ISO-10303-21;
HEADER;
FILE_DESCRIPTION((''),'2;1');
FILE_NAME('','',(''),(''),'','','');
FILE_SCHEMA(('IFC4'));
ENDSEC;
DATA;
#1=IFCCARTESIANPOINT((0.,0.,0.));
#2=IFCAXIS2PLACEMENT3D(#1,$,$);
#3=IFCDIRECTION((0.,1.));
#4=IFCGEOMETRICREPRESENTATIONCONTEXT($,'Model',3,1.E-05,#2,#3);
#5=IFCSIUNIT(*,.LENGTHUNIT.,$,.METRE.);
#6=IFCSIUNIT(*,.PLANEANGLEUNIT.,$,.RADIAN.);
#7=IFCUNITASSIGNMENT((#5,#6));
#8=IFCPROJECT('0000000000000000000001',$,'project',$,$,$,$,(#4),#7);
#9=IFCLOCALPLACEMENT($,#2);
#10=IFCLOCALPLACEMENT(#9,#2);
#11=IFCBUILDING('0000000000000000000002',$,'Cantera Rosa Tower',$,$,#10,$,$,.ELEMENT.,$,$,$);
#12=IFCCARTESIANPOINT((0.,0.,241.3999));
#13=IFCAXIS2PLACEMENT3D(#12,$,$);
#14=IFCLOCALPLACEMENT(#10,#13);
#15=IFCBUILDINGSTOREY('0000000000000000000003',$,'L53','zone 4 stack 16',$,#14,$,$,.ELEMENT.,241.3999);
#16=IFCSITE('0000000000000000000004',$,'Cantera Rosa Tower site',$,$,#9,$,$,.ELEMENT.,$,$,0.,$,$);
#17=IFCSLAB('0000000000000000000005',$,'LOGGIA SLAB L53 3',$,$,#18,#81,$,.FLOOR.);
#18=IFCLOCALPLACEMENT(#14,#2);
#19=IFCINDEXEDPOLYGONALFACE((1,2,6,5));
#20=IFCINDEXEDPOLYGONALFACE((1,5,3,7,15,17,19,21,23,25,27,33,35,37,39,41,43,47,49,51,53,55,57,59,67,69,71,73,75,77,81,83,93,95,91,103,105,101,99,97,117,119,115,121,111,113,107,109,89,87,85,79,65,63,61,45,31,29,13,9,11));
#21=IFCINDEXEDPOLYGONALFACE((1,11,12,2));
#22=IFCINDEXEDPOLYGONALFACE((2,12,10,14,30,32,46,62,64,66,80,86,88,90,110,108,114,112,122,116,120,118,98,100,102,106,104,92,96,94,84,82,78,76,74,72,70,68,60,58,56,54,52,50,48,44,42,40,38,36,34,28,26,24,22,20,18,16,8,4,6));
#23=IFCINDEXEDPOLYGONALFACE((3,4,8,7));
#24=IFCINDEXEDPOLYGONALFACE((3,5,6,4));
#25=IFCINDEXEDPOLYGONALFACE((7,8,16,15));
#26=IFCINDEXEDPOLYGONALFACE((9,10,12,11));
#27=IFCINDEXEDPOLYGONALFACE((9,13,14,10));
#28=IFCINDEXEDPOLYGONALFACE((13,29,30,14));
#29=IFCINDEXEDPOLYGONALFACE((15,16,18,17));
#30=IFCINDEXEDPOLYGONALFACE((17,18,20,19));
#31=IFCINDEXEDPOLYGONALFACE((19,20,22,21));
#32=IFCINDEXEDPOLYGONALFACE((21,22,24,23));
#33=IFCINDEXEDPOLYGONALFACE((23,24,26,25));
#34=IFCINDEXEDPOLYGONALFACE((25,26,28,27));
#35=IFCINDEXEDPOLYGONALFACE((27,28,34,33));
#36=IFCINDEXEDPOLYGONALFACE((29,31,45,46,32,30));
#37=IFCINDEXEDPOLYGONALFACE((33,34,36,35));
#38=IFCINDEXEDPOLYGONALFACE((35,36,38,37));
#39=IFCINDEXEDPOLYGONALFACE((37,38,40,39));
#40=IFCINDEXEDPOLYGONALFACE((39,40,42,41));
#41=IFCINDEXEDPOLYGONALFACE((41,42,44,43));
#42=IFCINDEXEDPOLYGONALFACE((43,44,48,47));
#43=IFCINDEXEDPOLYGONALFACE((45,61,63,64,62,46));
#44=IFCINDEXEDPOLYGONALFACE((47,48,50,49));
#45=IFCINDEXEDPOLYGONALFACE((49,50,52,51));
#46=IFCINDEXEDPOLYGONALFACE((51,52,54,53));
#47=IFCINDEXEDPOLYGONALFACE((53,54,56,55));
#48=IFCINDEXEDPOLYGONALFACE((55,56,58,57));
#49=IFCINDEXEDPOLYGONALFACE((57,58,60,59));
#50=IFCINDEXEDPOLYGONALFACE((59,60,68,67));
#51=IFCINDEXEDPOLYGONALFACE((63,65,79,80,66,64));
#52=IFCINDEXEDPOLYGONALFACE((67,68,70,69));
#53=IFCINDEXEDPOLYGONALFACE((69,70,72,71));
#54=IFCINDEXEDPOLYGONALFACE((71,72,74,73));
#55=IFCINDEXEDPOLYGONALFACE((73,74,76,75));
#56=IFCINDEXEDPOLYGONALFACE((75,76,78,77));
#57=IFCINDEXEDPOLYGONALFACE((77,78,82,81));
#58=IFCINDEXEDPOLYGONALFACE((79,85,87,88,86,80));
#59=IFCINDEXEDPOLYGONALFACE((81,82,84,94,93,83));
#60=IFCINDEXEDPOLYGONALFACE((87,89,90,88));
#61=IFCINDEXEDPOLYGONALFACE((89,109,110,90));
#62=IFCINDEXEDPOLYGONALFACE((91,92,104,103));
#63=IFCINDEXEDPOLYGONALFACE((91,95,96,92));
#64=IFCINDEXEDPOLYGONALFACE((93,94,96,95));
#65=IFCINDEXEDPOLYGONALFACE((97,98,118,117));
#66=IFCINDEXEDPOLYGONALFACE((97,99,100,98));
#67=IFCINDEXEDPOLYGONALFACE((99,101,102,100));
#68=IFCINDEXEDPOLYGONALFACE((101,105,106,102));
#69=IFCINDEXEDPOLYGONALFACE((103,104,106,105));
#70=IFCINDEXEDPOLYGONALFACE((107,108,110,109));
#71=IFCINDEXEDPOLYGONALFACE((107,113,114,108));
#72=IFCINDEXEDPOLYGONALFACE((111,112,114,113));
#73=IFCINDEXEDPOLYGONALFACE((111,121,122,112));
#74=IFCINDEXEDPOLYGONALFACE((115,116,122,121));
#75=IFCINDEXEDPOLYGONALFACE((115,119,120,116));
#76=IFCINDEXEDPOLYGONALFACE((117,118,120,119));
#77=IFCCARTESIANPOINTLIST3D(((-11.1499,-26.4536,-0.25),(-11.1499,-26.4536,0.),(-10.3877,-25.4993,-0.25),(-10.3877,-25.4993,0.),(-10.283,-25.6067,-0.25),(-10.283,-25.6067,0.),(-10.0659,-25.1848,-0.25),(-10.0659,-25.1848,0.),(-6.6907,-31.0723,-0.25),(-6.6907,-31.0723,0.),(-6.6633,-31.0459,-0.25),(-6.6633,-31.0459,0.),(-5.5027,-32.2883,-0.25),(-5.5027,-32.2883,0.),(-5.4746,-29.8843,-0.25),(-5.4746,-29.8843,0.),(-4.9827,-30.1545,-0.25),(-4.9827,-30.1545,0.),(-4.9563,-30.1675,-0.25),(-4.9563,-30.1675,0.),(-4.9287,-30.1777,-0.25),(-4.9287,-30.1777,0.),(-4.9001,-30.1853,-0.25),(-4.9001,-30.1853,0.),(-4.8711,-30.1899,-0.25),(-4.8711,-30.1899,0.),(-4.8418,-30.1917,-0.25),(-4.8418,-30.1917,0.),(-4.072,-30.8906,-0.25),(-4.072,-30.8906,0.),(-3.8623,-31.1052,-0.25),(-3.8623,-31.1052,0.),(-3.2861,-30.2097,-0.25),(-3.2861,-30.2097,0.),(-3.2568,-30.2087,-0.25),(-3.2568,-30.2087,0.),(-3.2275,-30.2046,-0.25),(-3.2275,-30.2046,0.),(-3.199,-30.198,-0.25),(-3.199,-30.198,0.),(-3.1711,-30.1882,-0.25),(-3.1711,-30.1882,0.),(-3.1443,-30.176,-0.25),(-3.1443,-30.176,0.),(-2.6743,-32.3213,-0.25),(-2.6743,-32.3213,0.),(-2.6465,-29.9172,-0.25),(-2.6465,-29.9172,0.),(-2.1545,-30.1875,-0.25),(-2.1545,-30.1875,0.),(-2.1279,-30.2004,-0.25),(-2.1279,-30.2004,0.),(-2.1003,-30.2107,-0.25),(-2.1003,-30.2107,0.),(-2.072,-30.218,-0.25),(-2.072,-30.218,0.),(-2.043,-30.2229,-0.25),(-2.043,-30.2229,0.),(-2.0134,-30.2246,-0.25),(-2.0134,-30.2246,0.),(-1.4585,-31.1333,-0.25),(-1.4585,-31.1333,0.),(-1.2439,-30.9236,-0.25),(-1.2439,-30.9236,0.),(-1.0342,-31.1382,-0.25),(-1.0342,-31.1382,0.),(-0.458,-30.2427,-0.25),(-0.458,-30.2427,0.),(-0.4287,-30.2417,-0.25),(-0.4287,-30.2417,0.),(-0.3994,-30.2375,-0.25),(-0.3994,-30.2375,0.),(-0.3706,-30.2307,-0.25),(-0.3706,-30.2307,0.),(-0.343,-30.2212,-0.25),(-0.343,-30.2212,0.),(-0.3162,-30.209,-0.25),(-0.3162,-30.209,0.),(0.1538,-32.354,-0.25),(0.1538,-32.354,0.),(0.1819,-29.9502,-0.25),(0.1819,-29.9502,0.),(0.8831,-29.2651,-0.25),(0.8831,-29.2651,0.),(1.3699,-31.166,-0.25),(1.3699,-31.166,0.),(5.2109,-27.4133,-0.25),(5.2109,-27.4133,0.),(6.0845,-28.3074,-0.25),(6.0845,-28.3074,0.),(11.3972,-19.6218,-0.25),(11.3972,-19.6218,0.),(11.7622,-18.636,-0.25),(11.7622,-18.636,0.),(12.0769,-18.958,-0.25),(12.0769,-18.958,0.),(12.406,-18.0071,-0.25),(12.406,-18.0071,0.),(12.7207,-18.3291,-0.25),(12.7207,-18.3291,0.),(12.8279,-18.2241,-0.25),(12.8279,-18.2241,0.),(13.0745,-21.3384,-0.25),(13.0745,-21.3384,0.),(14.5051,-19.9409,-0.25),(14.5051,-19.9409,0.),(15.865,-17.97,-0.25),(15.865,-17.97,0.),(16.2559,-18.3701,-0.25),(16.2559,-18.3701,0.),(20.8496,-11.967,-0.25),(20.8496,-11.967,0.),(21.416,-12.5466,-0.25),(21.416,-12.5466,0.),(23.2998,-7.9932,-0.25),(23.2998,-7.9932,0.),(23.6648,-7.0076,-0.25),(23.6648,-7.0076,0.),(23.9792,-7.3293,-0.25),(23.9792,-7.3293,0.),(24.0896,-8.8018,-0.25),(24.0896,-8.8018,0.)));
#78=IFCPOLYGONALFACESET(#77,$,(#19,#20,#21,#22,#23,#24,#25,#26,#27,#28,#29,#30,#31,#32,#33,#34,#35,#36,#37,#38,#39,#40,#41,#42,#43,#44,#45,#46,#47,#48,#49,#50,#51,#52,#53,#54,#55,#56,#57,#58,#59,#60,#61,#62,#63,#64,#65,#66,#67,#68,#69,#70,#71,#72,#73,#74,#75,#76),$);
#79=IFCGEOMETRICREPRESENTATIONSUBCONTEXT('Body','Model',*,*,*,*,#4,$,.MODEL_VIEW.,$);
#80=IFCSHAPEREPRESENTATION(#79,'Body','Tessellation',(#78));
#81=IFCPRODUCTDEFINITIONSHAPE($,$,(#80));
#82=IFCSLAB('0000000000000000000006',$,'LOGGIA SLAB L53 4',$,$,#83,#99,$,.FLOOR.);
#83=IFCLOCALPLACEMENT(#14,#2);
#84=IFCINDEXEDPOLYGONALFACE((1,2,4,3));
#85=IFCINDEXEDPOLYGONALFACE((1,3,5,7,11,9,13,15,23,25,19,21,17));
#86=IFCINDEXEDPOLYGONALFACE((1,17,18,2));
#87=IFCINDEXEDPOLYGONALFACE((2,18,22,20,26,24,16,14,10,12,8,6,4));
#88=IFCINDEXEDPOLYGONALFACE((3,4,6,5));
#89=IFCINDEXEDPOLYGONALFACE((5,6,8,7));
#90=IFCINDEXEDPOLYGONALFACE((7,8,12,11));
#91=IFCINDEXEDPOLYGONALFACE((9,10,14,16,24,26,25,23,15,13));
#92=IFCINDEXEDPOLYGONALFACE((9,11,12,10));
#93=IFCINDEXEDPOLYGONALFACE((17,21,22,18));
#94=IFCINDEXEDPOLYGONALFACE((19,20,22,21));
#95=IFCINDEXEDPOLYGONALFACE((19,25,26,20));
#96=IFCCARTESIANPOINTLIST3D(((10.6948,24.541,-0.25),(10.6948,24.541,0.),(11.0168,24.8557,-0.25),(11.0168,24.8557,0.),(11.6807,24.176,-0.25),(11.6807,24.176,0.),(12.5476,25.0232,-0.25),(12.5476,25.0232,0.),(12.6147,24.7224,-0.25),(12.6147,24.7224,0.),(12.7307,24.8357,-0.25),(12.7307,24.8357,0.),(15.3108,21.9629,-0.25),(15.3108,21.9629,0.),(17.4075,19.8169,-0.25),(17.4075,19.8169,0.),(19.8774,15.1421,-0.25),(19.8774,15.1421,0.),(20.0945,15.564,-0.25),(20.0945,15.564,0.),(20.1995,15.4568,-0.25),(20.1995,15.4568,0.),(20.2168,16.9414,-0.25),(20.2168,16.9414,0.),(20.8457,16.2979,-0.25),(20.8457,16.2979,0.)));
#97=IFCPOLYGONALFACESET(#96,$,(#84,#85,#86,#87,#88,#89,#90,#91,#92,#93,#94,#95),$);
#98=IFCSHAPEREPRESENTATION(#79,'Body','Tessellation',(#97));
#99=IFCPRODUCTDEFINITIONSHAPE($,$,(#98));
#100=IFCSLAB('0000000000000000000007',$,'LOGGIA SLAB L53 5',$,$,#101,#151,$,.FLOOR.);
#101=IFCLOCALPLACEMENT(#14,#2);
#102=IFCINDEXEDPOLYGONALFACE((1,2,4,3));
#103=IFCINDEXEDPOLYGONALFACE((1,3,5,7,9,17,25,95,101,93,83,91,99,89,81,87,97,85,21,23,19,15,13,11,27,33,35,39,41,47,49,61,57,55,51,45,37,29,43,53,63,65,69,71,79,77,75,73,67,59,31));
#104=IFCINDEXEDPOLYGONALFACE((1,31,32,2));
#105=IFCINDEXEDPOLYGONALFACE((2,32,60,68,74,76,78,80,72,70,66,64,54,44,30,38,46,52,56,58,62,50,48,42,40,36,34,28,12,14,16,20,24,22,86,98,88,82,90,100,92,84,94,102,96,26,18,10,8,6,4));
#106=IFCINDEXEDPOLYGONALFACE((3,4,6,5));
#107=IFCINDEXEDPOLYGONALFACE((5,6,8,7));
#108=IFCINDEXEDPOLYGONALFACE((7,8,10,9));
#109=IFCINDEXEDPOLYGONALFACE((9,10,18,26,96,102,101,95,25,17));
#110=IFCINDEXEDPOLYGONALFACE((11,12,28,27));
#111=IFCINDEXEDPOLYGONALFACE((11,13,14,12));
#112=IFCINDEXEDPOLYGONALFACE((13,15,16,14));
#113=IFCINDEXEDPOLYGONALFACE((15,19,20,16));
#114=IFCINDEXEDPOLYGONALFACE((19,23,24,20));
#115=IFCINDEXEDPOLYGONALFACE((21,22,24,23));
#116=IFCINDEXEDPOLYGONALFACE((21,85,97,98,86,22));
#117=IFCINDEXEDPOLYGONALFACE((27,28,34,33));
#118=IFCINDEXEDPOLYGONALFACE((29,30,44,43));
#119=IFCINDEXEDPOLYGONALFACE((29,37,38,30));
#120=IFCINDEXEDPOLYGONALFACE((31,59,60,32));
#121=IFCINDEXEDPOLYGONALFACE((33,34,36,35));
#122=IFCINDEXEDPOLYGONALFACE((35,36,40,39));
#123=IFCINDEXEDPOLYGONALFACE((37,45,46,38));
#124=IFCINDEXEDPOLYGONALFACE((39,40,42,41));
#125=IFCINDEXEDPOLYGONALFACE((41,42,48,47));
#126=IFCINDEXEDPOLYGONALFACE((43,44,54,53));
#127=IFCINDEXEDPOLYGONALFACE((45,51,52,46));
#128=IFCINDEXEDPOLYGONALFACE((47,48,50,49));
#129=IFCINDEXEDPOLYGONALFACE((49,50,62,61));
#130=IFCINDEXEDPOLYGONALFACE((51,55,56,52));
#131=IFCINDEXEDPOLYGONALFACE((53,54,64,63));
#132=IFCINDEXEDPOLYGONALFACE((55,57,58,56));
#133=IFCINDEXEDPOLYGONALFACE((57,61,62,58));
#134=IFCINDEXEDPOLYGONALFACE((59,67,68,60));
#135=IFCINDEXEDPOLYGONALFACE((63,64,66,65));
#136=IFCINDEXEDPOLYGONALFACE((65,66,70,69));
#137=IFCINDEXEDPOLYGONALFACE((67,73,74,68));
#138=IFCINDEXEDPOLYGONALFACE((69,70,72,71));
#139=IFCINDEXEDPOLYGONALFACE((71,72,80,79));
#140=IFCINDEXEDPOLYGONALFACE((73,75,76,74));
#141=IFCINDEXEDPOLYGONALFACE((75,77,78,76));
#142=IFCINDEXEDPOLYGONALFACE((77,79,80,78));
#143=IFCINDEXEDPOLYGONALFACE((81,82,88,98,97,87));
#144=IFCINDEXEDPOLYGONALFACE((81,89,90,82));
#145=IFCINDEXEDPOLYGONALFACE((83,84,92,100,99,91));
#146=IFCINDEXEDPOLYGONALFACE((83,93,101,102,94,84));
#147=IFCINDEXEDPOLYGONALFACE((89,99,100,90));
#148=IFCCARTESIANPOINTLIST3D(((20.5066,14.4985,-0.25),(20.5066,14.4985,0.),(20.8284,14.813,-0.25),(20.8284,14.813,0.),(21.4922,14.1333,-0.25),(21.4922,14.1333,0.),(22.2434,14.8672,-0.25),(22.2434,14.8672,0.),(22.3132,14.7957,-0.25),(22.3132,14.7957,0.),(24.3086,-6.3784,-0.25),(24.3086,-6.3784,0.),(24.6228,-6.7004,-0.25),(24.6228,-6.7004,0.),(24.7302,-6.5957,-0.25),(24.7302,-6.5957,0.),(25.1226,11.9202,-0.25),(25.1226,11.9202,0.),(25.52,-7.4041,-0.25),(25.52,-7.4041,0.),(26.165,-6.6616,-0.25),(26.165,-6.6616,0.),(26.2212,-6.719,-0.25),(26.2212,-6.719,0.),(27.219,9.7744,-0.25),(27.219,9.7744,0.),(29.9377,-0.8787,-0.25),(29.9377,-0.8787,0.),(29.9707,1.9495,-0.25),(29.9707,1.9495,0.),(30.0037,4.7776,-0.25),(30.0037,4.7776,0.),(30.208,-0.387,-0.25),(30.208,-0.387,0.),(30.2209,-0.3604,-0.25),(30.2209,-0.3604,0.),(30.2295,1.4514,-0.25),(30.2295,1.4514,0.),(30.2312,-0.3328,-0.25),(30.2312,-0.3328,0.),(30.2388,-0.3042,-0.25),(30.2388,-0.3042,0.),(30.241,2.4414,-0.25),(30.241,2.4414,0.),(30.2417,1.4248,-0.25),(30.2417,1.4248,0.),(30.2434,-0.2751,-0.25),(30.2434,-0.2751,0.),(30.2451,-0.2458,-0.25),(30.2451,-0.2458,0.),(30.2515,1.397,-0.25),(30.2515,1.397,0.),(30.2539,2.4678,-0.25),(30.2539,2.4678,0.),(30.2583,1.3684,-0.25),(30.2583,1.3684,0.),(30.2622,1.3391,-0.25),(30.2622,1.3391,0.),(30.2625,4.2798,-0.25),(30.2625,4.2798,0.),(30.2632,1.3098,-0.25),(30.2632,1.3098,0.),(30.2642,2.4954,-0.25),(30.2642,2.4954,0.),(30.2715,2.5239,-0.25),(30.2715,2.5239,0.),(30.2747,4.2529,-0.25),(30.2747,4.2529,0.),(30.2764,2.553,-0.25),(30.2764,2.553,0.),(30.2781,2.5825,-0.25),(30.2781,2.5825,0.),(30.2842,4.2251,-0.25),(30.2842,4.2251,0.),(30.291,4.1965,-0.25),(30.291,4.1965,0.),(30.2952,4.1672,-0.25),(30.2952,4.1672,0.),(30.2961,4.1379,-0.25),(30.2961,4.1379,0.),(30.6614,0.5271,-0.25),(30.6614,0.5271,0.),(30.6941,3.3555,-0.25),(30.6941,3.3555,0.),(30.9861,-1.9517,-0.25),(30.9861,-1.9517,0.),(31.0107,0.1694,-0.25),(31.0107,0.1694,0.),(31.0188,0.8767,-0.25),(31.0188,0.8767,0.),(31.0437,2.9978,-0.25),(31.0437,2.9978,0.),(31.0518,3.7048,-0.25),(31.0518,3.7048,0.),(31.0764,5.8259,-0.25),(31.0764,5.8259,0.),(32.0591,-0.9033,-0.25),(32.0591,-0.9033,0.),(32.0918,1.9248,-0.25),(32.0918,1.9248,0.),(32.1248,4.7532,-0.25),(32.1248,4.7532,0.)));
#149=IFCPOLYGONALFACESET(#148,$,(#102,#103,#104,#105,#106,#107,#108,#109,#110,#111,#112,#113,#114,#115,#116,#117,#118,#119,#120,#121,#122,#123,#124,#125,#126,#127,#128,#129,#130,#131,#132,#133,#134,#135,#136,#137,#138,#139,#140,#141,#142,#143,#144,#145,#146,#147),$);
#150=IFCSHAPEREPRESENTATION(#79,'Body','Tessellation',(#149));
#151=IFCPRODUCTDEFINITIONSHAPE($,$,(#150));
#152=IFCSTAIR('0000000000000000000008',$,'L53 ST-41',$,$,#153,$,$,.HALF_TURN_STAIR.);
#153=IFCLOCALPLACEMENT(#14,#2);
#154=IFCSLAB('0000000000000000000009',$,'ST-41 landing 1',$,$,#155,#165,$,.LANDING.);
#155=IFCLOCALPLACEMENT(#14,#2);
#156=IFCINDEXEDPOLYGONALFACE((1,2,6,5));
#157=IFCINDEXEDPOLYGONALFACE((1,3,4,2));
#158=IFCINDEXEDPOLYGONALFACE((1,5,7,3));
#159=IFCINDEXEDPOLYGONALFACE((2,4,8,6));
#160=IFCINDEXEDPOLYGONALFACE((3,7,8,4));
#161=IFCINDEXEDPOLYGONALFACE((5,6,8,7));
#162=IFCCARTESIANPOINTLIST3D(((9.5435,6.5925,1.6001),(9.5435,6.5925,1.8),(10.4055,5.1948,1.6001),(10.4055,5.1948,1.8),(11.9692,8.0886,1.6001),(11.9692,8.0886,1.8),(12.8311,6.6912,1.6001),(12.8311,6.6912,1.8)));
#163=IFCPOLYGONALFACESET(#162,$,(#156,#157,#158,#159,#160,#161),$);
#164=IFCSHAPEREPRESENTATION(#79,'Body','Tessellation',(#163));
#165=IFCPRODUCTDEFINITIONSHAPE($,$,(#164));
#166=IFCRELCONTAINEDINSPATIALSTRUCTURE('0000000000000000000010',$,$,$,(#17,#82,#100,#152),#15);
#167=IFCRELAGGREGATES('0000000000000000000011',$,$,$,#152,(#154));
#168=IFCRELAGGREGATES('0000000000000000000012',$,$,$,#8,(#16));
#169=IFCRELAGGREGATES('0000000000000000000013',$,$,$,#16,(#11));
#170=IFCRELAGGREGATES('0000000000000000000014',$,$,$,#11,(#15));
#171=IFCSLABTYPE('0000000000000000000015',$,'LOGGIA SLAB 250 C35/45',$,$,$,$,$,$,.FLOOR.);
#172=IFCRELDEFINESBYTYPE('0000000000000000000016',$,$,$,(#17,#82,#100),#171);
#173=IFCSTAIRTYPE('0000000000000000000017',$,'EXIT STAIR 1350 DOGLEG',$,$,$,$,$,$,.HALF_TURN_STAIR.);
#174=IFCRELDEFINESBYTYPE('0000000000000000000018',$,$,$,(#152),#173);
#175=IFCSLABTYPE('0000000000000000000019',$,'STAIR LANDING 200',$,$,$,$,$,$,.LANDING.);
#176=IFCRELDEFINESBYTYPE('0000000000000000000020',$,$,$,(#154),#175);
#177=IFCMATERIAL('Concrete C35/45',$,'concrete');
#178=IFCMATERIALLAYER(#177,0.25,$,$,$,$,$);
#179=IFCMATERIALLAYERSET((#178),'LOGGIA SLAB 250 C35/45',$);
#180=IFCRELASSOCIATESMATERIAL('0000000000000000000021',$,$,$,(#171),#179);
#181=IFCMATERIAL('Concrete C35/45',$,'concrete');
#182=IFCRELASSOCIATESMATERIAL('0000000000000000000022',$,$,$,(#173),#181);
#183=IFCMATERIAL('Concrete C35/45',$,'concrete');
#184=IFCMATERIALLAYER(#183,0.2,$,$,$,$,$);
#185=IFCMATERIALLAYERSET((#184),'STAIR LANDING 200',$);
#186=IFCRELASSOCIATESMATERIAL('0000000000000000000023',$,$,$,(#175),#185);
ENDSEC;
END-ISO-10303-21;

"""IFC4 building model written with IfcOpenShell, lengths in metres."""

from ifc_helpers import new_model, si_unit, direction, frame, origin, place, context, subcontext, project, spatial, polyline, outline, extrude, material, layer, layer_set, type_object, element, aggregate, save


model = new_model("IFC4")

# Units and contexts
model_context = context("Model", 3, precision=1e-05, world=origin(), true_north=direction((0.0, 1.0)))
body_context = subcontext(model_context, "Body", "Model", "MODEL_VIEW")
ifc_project = project(units=[si_unit("LENGTHUNIT", "METRE"), si_unit("PLANEANGLEUNIT", "RADIAN")], contexts=[model_context])

# Site, building, storey
site_placement = place(None, origin())
site = spatial("IfcSite", under=ifc_project, at=site_placement, Name="Cantera Rosa Tower site", CompositionType="ELEMENT", RefElevation=0.0)
building_placement = place(site_placement, origin())
building = spatial("IfcBuilding", under=site, at=building_placement, Name="Cantera Rosa Tower", CompositionType="ELEMENT")
storey_placement = place(building_placement, frame((0.0, 0.0, 241.3999)))
storey = spatial("IfcBuildingStorey", under=building, at=storey_placement, Name="L53", Description="zone 4 stack 16", CompositionType="ELEMENT", Elevation=241.3999)

# Slabs
ifc_material_1 = material(Name="Concrete C35/45", Category="concrete")
ifc_layer_1 = layer(ifc_material_1, 0.25)
ifc_layer_set_1 = layer_set([ifc_layer_1], Name="LOGGIA SLAB 250 C35/45")
slab_type_1 = type_object("IfcSlabType", Name="LOGGIA SLAB 250 C35/45", PredefinedType="FLOOR", material=ifc_layer_set_1)
slab_1_placement = place(storey_placement, frame((0.0, 0.0, -0.25)))
element("IfcSlab", 1, at=slab_1_placement, inside=storey, type_object=slab_type_1, Name="LOGGIA SLAB L53 3", PredefinedType="FLOOR", context=body_context, shape_type="SweptSolid", body=[
    extrude(outline(polyline([(1.3699, -31.166), (0.1538, -32.354), (-1.0342, -31.1382), (-1.2439, -30.9236), (-1.4585, -31.1333), (-2.6743, -32.3213), (-3.8623, -31.1052), (-4.072, -30.8906), (-5.5027, -32.2883), (-6.6907, -31.0723), (-6.6633, -31.0459), (-11.1499, -26.4536), (-10.283, -25.6067), (-10.3877, -25.4993), (-10.0659, -25.1848), (-5.4746, -29.8843), (-4.9827, -30.1545), (-4.9563, -30.1675), (-4.9287, -30.1777), (-4.9001, -30.1853), (-4.8711, -30.1899), (-4.8418, -30.1917), (-3.2861, -30.2097), (-3.2568, -30.2087), (-3.2275, -30.2046), (-3.199, -30.198), (-3.1711, -30.1882), (-3.1443, -30.176), (-2.6465, -29.9172), (-2.1545, -30.1875), (-2.1279, -30.2004), (-2.1003, -30.2107), (-2.072, -30.218), (-2.043, -30.2229), (-2.0134, -30.2246), (-0.458, -30.2427), (-0.4287, -30.2417), (-0.3994, -30.2375), (-0.3706, -30.2307), (-0.343, -30.2212), (-0.3162, -30.209), (0.1819, -29.9502), (0.8831, -29.2651), (11.7622, -18.636), (12.0769, -18.958), (11.3972, -19.6218), (13.0745, -21.3384), (14.5051, -19.9409), (12.8279, -18.2241), (12.7207, -18.3291), (12.406, -18.0071), (23.6648, -7.0076), (23.9792, -7.3293), (23.2998, -7.9932), (24.0896, -8.8018), (20.8496, -11.967), (21.416, -12.5466), (15.865, -17.97), (16.2559, -18.3701), (6.0845, -28.3074), (5.2109, -27.4133), (1.3699, -31.166)])), origin(), (0.0, 0.0, 1.0), 0.25),
])
slab_2_placement = place(storey_placement, frame((0.0, 0.0, -0.25)))
element("IfcSlab", 2, at=slab_2_placement, inside=storey, type_object=slab_type_1, Name="LOGGIA SLAB L53 4", PredefinedType="FLOOR", context=body_context, shape_type="SweptSolid", body=[
    extrude(outline(polyline([(15.3108, 21.9629), (17.4075, 19.8169), (20.2168, 16.9414), (20.8457, 16.2979), (20.0945, 15.564), (20.1995, 15.4568), (19.8774, 15.1421), (10.6948, 24.541), (11.0168, 24.8557), (11.6807, 24.176), (12.5476, 25.0232), (12.7307, 24.8357), (12.6147, 24.7224), (15.3108, 21.9629)])), origin(), (0.0, 0.0, 1.0), 0.25),
])
slab_3_placement = place(storey_placement, frame((0.0, 0.0, -0.25)))
element("IfcSlab", 3, at=slab_3_placement, inside=storey, type_object=slab_type_1, Name="LOGGIA SLAB L53 5", PredefinedType="FLOOR", context=body_context, shape_type="SweptSolid", body=[
    extrude(outline(polyline([(27.219, 9.7744), (31.0764, 5.8259), (32.1248, 4.7532), (31.0518, 3.7048), (30.6941, 3.3555), (31.0437, 2.9978), (32.0918, 1.9248), (31.0188, 0.8767), (30.6614, 0.5271), (31.0107, 0.1694), (32.0591, -0.9033), (30.9861, -1.9517), (26.165, -6.6616), (26.2212, -6.719), (25.52, -7.4041), (24.7302, -6.5957), (24.6228, -6.7004), (24.3086, -6.3784), (29.9377, -0.8787), (30.208, -0.387), (30.2209, -0.3604), (30.2312, -0.3328), (30.2388, -0.3042), (30.2434, -0.2751), (30.2451, -0.2458), (30.2632, 1.3098), (30.2622, 1.3391), (30.2583, 1.3684), (30.2515, 1.397), (30.2417, 1.4248), (30.2295, 1.4514), (29.9707, 1.9495), (30.241, 2.4414), (30.2539, 2.4678), (30.2642, 2.4954), (30.2715, 2.5239), (30.2764, 2.553), (30.2781, 2.5825), (30.2961, 4.1379), (30.2952, 4.1672), (30.291, 4.1965), (30.2842, 4.2251), (30.2747, 4.2529), (30.2625, 4.2798), (30.0037, 4.7776), (20.5066, 14.4985), (20.8284, 14.813), (21.4922, 14.1333), (22.2434, 14.8672), (22.3132, 14.7957), (25.1226, 11.9202), (27.219, 9.7744)])), origin(), (0.0, 0.0, 1.0), 0.25),
])

# Stair, slab
ifc_material_2 = material(Name="Concrete C35/45", Category="concrete")
stair_type = type_object("IfcStairType", Name="EXIT STAIR 1350 DOGLEG", PredefinedType="HALF_TURN_STAIR", material=ifc_material_2)
stair_1_placement = place(storey_placement, origin())
stair_1 = element("IfcStair", 4, at=stair_1_placement, inside=storey, type_object=stair_type, Name="L53 ST-41", PredefinedType="HALF_TURN_STAIR")
ifc_material_3 = material(Name="Concrete C35/45", Category="concrete")
ifc_layer_2 = layer(ifc_material_3, 0.2)
ifc_layer_set_2 = layer_set([ifc_layer_2], Name="STAIR LANDING 200")
slab_type_2 = type_object("IfcSlabType", Name="STAIR LANDING 200", PredefinedType="LANDING", material=ifc_layer_set_2)
slab_4_placement = place(storey_placement, frame((0.0, 0.0, 1.6001)))
slab_4 = element("IfcSlab", 5, at=slab_4_placement, type_object=slab_type_2, Name="ST-41 landing 1", PredefinedType="LANDING", context=body_context, shape_type="SweptSolid", body=[
    extrude(outline(polyline([(12.8311, 6.6912), (11.9692, 8.0886), (9.5435, 6.5925), (10.4055, 5.1948), (12.8311, 6.6912)])), origin(), (0.0, 0.0, 1.0), 0.2),
])
aggregate(stair_1, [slab_4])

save(model, "model.ifc")
